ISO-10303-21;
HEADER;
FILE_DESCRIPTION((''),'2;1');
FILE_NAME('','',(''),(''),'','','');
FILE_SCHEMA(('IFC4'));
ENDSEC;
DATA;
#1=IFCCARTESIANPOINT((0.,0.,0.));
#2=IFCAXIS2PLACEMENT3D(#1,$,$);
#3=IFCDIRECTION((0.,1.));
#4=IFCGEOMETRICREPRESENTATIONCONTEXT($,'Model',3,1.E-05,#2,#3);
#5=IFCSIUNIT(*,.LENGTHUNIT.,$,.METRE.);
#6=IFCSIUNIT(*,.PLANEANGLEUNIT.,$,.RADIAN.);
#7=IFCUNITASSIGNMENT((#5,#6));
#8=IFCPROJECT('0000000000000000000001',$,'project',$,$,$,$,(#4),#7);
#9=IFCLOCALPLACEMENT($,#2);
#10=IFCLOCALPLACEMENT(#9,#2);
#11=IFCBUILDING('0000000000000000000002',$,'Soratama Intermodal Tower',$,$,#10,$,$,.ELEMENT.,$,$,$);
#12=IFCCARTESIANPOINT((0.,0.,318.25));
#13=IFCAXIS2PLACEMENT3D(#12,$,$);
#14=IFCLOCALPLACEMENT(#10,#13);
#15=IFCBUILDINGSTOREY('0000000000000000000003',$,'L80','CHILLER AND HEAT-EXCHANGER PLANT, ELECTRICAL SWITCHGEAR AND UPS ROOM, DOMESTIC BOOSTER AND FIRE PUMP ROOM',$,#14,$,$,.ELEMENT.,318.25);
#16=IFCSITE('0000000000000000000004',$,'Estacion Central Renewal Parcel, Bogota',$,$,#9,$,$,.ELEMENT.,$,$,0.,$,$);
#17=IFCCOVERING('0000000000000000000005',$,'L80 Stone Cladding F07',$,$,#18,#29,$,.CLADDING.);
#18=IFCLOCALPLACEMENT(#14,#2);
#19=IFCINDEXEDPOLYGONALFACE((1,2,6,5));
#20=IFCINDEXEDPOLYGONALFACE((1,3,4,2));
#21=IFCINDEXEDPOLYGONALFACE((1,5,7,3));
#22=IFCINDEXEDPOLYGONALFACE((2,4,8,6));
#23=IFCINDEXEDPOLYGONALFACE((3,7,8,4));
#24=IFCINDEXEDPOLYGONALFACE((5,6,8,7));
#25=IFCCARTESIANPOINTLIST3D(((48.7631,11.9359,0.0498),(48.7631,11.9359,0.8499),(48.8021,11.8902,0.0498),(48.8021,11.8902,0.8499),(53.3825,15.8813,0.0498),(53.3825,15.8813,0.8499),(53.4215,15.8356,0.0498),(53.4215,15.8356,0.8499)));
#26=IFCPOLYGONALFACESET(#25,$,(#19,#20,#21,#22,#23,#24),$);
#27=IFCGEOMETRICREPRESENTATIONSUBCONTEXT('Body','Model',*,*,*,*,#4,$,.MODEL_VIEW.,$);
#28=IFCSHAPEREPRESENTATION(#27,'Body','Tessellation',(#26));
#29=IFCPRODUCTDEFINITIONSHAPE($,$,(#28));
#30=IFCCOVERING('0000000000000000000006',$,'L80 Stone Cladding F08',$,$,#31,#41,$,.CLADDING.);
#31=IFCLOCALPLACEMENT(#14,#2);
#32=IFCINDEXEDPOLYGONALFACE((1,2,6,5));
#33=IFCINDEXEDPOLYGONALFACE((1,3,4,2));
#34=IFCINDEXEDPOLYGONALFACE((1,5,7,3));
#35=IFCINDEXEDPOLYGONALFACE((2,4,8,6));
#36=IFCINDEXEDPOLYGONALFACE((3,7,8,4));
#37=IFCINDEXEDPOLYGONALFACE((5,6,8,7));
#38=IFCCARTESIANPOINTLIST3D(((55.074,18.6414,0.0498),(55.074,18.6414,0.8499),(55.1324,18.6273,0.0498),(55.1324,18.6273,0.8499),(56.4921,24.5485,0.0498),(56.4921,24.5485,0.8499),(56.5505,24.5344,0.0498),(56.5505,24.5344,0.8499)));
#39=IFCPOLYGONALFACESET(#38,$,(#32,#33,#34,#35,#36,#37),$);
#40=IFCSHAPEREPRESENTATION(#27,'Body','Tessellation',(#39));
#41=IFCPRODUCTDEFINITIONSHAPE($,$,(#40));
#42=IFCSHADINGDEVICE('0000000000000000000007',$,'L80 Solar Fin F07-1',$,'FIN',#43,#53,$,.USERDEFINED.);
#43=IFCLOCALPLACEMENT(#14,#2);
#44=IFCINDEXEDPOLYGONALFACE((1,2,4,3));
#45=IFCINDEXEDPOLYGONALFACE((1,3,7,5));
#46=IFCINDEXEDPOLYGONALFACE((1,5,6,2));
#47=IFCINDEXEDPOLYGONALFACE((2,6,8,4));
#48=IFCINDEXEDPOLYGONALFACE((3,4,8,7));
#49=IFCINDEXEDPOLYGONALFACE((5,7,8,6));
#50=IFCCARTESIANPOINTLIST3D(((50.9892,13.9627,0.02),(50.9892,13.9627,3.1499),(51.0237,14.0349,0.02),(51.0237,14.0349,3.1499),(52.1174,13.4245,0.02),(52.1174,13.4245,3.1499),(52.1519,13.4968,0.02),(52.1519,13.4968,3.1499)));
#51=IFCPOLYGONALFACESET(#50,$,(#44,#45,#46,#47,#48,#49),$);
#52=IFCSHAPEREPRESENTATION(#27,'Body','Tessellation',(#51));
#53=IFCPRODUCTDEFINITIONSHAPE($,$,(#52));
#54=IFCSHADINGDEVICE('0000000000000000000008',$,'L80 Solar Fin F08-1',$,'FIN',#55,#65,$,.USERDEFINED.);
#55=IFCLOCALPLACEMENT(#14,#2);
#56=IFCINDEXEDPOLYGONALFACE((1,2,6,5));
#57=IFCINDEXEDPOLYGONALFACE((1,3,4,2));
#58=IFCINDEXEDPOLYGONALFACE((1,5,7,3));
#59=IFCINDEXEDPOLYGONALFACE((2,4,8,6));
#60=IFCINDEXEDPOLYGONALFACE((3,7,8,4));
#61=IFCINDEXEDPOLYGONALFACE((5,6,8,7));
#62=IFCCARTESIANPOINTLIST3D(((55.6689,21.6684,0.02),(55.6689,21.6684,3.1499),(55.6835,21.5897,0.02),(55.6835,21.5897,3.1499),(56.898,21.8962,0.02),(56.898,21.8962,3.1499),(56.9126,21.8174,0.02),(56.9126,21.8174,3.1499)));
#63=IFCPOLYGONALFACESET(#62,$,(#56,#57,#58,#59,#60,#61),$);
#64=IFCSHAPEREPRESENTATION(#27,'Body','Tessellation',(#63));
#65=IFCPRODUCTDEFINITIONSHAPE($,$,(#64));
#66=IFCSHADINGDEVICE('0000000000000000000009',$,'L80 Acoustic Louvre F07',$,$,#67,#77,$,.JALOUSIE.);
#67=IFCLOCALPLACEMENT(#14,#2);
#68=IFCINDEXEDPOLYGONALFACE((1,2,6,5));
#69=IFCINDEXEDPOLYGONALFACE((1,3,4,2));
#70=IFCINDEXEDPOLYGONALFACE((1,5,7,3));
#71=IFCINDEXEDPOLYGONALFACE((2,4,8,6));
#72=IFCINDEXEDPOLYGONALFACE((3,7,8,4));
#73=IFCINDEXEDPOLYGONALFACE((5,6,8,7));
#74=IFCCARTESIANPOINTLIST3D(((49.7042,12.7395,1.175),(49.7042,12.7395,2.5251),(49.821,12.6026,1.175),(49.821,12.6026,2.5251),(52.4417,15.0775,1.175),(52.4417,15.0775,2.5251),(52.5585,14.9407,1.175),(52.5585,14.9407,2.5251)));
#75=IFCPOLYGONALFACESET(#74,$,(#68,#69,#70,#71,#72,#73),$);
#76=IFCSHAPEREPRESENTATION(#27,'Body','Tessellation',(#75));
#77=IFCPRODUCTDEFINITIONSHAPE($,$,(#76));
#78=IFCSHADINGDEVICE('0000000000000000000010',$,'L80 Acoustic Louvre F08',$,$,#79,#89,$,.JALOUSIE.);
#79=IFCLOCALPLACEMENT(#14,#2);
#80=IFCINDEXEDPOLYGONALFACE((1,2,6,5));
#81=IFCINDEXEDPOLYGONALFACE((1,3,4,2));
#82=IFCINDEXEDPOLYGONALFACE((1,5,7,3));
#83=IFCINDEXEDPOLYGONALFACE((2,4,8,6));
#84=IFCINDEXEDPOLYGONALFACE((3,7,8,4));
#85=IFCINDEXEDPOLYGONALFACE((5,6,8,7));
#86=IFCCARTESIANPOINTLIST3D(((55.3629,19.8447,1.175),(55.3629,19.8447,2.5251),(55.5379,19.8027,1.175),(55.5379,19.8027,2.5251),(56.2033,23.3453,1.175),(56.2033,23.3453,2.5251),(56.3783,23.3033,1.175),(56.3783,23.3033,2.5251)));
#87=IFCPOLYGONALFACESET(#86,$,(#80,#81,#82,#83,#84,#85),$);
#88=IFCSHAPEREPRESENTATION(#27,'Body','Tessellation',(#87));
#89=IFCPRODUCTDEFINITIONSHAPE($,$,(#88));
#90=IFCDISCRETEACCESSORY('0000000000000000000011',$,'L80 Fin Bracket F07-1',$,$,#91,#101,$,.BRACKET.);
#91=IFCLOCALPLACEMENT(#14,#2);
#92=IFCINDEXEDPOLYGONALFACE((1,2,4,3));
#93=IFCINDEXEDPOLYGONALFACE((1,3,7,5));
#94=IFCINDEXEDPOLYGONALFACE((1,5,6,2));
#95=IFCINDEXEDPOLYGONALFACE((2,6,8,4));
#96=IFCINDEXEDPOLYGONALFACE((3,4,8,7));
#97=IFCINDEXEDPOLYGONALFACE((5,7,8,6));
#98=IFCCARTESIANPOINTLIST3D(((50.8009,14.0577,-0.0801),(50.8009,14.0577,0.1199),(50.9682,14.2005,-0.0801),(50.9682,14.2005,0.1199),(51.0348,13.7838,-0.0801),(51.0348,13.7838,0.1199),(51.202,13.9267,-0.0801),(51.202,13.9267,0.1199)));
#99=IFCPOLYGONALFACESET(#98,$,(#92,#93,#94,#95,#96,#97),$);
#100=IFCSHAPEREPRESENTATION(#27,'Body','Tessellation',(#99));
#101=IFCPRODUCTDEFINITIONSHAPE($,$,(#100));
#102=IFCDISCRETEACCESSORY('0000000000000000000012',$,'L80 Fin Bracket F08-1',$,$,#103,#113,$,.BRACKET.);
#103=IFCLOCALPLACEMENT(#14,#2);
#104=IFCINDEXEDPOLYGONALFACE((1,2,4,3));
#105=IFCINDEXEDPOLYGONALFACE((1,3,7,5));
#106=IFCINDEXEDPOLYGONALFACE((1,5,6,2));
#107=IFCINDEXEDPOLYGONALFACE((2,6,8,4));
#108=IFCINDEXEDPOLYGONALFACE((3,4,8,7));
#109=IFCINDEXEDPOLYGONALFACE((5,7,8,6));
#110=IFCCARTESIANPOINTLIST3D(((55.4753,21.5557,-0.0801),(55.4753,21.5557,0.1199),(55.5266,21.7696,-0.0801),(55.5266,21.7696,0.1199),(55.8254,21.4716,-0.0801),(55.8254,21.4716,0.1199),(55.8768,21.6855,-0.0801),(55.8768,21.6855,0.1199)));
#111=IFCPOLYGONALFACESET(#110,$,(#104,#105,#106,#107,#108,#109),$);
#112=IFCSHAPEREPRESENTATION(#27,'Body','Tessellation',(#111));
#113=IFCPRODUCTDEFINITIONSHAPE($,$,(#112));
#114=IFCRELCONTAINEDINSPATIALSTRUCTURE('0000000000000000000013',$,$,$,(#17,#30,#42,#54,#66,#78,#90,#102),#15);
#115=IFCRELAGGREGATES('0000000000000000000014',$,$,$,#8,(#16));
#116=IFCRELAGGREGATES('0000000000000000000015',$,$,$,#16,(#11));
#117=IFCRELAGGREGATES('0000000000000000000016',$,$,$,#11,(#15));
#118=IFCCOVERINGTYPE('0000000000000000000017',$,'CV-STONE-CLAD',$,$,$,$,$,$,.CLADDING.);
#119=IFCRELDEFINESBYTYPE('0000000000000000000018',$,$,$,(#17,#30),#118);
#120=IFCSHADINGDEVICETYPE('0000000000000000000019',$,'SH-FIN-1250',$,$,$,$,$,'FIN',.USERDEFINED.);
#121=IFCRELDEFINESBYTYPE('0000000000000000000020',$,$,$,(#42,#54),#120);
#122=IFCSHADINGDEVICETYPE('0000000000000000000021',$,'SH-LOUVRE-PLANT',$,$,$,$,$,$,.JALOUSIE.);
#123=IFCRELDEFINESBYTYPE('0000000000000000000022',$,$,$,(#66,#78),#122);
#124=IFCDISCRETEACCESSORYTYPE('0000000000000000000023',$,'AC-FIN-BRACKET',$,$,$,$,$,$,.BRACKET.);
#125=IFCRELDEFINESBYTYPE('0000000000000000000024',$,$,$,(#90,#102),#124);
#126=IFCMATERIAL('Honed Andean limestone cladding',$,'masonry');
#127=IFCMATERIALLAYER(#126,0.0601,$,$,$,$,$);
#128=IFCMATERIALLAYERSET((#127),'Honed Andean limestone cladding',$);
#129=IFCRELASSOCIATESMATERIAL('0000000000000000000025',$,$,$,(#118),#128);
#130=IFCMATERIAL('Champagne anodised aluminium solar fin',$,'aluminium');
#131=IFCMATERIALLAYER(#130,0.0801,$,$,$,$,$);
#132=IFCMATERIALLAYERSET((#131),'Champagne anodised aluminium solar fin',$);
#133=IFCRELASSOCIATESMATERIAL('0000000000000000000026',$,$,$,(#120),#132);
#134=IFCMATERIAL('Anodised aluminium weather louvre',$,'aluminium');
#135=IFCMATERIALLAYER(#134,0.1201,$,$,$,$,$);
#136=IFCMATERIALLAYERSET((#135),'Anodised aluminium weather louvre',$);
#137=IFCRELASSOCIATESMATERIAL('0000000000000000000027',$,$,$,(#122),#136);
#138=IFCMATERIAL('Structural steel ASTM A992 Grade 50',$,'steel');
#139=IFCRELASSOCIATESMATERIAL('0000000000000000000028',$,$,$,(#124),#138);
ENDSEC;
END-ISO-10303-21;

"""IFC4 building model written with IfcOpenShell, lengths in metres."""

from ifc_helpers import new_model, si_unit, direction, frame, origin, origin_2d, place, context, subcontext, project, spatial, rectangle, extrude, material, layer, layer_set, type_object, element, save


model = new_model("IFC4")

# Units and contexts
model_context = context("Model", 3, precision=1e-05, world=origin(), true_north=direction((0.0, 1.0)))
body_context = subcontext(model_context, "Body", "Model", "MODEL_VIEW")
ifc_project = project(units=[si_unit("LENGTHUNIT", "METRE"), si_unit("PLANEANGLEUNIT", "RADIAN")], contexts=[model_context])

# Site, building, storey
site_placement = place(None, origin())
site = spatial("IfcSite", under=ifc_project, at=site_placement, Name="Estacion Central Renewal Parcel, Bogota", CompositionType="ELEMENT", RefElevation=0.0)
building_placement = place(site_placement, origin())
building = spatial("IfcBuilding", under=site, at=building_placement, Name="Soratama Intermodal Tower", CompositionType="ELEMENT")
storey_placement = place(building_placement, frame((0.0, 0.0, 318.25)))
storey = spatial("IfcBuildingStorey", under=building, at=storey_placement, Name="L80", Description="CHILLER AND HEAT-EXCHANGER PLANT, ELECTRICAL SWITCHGEAR AND UPS ROOM, DOMESTIC BOOSTER AND FIRE PUMP ROOM", CompositionType="ELEMENT", Elevation=318.25)

# Coverings
ifc_material_1 = material(Name="Honed Andean limestone cladding", Category="masonry")
ifc_layer_1 = layer(ifc_material_1, 0.0601)
ifc_layer_set_1 = layer_set([ifc_layer_1], Name="Honed Andean limestone cladding")
covering_type = type_object("IfcCoveringType", Name="CV-STONE-CLAD", PredefinedType="CLADDING", material=ifc_layer_set_1)
for number, where, z_axis, x_axis, name in (
    (1, (51.0923, 13.8857, 0.0498), (0.0, 0.0, 1.0), (0.760406, 0.649448, 0.0), "L80 Stone Cladding F07"),
    (2, (55.8123, 21.5879, 0.0498), (0.0, 0.0, 1.0), (0.233445, 0.97237, 0.0), "L80 Stone Cladding F08"),
):
    element("IfcCovering", number, at=place(storey_placement, frame(where, z_axis=z_axis, x_axis=x_axis)), inside=storey, type_object=covering_type, Name=name, PredefinedType="CLADDING", context=body_context, shape_type="SweptSolid", body=[
        extrude(rectangle(XDim=6.075, YDim=0.0601, at=origin_2d()), origin(), (0.0, 0.0, 1.0), 0.8),
    ])

# Shading devices
ifc_material_2 = material(Name="Champagne anodised aluminium solar fin", Category="aluminium")
ifc_layer_2 = layer(ifc_material_2, 0.0801)
ifc_layer_set_2 = layer_set([ifc_layer_2], Name="Champagne anodised aluminium solar fin")
shading_device_type_1 = type_object("IfcShadingDeviceType", Name="SH-FIN-1250", ElementType="FIN", PredefinedType="USERDEFINED", material=ifc_layer_set_2)
for number, where, z_axis, x_axis, name in (
    (3, (51.5706, 13.7297, 0.02), (0.0, 0.0, 1.0), (0.902585, -0.430511, 0.0), "L80 Solar Fin F07-1"),
    (4, (56.2908, 21.7429, 0.02), (0.0, 0.0, 1.0), (0.983255, 0.182236, 0.0), "L80 Solar Fin F08-1"),
):
    element("IfcShadingDevice", number, at=place(storey_placement, frame(where, z_axis=z_axis, x_axis=x_axis)), inside=storey, type_object=shading_device_type_1, Name=name, ObjectType="FIN", PredefinedType="USERDEFINED", context=body_context, shape_type="SweptSolid", body=[
        extrude(rectangle(XDim=1.25, YDim=0.0801, at=origin_2d()), origin(), (0.0, 0.0, 1.0), 3.1299),
    ])
ifc_material_3 = material(Name="Anodised aluminium weather louvre", Category="aluminium")
ifc_layer_3 = layer(ifc_material_3, 0.1201)
ifc_layer_set_3 = layer_set([ifc_layer_3], Name="Anodised aluminium weather louvre")
shading_device_type_2 = type_object("IfcShadingDeviceType", Name="SH-LOUVRE-PLANT", PredefinedType="JALOUSIE", material=ifc_layer_set_3)
for number, where, z_axis, x_axis, name in (
    (5, (51.1313, 13.8401, 1.175), (0.0, 0.0, 1.0), (0.760406, 0.649448, 0.0), "L80 Acoustic Louvre F07"),
    (6, (55.8706, 21.574, 1.175), (0.0, 0.0, 1.0), (0.233445, 0.97237, 0.0), "L80 Acoustic Louvre F08"),
):
    element("IfcShadingDevice", number, at=place(storey_placement, frame(where, z_axis=z_axis, x_axis=x_axis)), inside=storey, type_object=shading_device_type_2, Name=name, PredefinedType="JALOUSIE", context=body_context, shape_type="SweptSolid", body=[
        extrude(rectangle(XDim=3.6001, YDim=0.1799, at=origin_2d()), origin(), (0.0, 0.0, 1.0), 1.3501),
    ])

# Discrete accessories
ifc_material_4 = material(Name="Structural steel ASTM A992 Grade 50", Category="steel")
discrete_accessory_type = type_object("IfcDiscreteAccessoryType", Name="AC-FIN-BRACKET", PredefinedType="BRACKET", material=ifc_material_4)
for number, where, z_axis, x_axis, name in (
    (7, (51.0015, 13.9922, -0.0801), (0.0, 0.0, 1.0), (0.649448, -0.760406, 0.0), "L80 Fin Bracket F07-1"),
    (8, (55.676, 21.6206, -0.0801), (0.0, 0.0, 1.0), (0.97237, -0.233445, 0.0), "L80 Fin Bracket F08-1"),
):
    element("IfcDiscreteAccessory", number, at=place(storey_placement, frame(where, z_axis=z_axis, x_axis=x_axis)), inside=storey, type_object=discrete_accessory_type, Name=name, PredefinedType="BRACKET", context=body_context, shape_type="SweptSolid", body=[
        extrude(rectangle(XDim=0.3601, YDim=0.22, at=origin_2d()), origin(), (0.0, 0.0, 1.0), 0.2),
    ])

save(model, "model.ifc")
